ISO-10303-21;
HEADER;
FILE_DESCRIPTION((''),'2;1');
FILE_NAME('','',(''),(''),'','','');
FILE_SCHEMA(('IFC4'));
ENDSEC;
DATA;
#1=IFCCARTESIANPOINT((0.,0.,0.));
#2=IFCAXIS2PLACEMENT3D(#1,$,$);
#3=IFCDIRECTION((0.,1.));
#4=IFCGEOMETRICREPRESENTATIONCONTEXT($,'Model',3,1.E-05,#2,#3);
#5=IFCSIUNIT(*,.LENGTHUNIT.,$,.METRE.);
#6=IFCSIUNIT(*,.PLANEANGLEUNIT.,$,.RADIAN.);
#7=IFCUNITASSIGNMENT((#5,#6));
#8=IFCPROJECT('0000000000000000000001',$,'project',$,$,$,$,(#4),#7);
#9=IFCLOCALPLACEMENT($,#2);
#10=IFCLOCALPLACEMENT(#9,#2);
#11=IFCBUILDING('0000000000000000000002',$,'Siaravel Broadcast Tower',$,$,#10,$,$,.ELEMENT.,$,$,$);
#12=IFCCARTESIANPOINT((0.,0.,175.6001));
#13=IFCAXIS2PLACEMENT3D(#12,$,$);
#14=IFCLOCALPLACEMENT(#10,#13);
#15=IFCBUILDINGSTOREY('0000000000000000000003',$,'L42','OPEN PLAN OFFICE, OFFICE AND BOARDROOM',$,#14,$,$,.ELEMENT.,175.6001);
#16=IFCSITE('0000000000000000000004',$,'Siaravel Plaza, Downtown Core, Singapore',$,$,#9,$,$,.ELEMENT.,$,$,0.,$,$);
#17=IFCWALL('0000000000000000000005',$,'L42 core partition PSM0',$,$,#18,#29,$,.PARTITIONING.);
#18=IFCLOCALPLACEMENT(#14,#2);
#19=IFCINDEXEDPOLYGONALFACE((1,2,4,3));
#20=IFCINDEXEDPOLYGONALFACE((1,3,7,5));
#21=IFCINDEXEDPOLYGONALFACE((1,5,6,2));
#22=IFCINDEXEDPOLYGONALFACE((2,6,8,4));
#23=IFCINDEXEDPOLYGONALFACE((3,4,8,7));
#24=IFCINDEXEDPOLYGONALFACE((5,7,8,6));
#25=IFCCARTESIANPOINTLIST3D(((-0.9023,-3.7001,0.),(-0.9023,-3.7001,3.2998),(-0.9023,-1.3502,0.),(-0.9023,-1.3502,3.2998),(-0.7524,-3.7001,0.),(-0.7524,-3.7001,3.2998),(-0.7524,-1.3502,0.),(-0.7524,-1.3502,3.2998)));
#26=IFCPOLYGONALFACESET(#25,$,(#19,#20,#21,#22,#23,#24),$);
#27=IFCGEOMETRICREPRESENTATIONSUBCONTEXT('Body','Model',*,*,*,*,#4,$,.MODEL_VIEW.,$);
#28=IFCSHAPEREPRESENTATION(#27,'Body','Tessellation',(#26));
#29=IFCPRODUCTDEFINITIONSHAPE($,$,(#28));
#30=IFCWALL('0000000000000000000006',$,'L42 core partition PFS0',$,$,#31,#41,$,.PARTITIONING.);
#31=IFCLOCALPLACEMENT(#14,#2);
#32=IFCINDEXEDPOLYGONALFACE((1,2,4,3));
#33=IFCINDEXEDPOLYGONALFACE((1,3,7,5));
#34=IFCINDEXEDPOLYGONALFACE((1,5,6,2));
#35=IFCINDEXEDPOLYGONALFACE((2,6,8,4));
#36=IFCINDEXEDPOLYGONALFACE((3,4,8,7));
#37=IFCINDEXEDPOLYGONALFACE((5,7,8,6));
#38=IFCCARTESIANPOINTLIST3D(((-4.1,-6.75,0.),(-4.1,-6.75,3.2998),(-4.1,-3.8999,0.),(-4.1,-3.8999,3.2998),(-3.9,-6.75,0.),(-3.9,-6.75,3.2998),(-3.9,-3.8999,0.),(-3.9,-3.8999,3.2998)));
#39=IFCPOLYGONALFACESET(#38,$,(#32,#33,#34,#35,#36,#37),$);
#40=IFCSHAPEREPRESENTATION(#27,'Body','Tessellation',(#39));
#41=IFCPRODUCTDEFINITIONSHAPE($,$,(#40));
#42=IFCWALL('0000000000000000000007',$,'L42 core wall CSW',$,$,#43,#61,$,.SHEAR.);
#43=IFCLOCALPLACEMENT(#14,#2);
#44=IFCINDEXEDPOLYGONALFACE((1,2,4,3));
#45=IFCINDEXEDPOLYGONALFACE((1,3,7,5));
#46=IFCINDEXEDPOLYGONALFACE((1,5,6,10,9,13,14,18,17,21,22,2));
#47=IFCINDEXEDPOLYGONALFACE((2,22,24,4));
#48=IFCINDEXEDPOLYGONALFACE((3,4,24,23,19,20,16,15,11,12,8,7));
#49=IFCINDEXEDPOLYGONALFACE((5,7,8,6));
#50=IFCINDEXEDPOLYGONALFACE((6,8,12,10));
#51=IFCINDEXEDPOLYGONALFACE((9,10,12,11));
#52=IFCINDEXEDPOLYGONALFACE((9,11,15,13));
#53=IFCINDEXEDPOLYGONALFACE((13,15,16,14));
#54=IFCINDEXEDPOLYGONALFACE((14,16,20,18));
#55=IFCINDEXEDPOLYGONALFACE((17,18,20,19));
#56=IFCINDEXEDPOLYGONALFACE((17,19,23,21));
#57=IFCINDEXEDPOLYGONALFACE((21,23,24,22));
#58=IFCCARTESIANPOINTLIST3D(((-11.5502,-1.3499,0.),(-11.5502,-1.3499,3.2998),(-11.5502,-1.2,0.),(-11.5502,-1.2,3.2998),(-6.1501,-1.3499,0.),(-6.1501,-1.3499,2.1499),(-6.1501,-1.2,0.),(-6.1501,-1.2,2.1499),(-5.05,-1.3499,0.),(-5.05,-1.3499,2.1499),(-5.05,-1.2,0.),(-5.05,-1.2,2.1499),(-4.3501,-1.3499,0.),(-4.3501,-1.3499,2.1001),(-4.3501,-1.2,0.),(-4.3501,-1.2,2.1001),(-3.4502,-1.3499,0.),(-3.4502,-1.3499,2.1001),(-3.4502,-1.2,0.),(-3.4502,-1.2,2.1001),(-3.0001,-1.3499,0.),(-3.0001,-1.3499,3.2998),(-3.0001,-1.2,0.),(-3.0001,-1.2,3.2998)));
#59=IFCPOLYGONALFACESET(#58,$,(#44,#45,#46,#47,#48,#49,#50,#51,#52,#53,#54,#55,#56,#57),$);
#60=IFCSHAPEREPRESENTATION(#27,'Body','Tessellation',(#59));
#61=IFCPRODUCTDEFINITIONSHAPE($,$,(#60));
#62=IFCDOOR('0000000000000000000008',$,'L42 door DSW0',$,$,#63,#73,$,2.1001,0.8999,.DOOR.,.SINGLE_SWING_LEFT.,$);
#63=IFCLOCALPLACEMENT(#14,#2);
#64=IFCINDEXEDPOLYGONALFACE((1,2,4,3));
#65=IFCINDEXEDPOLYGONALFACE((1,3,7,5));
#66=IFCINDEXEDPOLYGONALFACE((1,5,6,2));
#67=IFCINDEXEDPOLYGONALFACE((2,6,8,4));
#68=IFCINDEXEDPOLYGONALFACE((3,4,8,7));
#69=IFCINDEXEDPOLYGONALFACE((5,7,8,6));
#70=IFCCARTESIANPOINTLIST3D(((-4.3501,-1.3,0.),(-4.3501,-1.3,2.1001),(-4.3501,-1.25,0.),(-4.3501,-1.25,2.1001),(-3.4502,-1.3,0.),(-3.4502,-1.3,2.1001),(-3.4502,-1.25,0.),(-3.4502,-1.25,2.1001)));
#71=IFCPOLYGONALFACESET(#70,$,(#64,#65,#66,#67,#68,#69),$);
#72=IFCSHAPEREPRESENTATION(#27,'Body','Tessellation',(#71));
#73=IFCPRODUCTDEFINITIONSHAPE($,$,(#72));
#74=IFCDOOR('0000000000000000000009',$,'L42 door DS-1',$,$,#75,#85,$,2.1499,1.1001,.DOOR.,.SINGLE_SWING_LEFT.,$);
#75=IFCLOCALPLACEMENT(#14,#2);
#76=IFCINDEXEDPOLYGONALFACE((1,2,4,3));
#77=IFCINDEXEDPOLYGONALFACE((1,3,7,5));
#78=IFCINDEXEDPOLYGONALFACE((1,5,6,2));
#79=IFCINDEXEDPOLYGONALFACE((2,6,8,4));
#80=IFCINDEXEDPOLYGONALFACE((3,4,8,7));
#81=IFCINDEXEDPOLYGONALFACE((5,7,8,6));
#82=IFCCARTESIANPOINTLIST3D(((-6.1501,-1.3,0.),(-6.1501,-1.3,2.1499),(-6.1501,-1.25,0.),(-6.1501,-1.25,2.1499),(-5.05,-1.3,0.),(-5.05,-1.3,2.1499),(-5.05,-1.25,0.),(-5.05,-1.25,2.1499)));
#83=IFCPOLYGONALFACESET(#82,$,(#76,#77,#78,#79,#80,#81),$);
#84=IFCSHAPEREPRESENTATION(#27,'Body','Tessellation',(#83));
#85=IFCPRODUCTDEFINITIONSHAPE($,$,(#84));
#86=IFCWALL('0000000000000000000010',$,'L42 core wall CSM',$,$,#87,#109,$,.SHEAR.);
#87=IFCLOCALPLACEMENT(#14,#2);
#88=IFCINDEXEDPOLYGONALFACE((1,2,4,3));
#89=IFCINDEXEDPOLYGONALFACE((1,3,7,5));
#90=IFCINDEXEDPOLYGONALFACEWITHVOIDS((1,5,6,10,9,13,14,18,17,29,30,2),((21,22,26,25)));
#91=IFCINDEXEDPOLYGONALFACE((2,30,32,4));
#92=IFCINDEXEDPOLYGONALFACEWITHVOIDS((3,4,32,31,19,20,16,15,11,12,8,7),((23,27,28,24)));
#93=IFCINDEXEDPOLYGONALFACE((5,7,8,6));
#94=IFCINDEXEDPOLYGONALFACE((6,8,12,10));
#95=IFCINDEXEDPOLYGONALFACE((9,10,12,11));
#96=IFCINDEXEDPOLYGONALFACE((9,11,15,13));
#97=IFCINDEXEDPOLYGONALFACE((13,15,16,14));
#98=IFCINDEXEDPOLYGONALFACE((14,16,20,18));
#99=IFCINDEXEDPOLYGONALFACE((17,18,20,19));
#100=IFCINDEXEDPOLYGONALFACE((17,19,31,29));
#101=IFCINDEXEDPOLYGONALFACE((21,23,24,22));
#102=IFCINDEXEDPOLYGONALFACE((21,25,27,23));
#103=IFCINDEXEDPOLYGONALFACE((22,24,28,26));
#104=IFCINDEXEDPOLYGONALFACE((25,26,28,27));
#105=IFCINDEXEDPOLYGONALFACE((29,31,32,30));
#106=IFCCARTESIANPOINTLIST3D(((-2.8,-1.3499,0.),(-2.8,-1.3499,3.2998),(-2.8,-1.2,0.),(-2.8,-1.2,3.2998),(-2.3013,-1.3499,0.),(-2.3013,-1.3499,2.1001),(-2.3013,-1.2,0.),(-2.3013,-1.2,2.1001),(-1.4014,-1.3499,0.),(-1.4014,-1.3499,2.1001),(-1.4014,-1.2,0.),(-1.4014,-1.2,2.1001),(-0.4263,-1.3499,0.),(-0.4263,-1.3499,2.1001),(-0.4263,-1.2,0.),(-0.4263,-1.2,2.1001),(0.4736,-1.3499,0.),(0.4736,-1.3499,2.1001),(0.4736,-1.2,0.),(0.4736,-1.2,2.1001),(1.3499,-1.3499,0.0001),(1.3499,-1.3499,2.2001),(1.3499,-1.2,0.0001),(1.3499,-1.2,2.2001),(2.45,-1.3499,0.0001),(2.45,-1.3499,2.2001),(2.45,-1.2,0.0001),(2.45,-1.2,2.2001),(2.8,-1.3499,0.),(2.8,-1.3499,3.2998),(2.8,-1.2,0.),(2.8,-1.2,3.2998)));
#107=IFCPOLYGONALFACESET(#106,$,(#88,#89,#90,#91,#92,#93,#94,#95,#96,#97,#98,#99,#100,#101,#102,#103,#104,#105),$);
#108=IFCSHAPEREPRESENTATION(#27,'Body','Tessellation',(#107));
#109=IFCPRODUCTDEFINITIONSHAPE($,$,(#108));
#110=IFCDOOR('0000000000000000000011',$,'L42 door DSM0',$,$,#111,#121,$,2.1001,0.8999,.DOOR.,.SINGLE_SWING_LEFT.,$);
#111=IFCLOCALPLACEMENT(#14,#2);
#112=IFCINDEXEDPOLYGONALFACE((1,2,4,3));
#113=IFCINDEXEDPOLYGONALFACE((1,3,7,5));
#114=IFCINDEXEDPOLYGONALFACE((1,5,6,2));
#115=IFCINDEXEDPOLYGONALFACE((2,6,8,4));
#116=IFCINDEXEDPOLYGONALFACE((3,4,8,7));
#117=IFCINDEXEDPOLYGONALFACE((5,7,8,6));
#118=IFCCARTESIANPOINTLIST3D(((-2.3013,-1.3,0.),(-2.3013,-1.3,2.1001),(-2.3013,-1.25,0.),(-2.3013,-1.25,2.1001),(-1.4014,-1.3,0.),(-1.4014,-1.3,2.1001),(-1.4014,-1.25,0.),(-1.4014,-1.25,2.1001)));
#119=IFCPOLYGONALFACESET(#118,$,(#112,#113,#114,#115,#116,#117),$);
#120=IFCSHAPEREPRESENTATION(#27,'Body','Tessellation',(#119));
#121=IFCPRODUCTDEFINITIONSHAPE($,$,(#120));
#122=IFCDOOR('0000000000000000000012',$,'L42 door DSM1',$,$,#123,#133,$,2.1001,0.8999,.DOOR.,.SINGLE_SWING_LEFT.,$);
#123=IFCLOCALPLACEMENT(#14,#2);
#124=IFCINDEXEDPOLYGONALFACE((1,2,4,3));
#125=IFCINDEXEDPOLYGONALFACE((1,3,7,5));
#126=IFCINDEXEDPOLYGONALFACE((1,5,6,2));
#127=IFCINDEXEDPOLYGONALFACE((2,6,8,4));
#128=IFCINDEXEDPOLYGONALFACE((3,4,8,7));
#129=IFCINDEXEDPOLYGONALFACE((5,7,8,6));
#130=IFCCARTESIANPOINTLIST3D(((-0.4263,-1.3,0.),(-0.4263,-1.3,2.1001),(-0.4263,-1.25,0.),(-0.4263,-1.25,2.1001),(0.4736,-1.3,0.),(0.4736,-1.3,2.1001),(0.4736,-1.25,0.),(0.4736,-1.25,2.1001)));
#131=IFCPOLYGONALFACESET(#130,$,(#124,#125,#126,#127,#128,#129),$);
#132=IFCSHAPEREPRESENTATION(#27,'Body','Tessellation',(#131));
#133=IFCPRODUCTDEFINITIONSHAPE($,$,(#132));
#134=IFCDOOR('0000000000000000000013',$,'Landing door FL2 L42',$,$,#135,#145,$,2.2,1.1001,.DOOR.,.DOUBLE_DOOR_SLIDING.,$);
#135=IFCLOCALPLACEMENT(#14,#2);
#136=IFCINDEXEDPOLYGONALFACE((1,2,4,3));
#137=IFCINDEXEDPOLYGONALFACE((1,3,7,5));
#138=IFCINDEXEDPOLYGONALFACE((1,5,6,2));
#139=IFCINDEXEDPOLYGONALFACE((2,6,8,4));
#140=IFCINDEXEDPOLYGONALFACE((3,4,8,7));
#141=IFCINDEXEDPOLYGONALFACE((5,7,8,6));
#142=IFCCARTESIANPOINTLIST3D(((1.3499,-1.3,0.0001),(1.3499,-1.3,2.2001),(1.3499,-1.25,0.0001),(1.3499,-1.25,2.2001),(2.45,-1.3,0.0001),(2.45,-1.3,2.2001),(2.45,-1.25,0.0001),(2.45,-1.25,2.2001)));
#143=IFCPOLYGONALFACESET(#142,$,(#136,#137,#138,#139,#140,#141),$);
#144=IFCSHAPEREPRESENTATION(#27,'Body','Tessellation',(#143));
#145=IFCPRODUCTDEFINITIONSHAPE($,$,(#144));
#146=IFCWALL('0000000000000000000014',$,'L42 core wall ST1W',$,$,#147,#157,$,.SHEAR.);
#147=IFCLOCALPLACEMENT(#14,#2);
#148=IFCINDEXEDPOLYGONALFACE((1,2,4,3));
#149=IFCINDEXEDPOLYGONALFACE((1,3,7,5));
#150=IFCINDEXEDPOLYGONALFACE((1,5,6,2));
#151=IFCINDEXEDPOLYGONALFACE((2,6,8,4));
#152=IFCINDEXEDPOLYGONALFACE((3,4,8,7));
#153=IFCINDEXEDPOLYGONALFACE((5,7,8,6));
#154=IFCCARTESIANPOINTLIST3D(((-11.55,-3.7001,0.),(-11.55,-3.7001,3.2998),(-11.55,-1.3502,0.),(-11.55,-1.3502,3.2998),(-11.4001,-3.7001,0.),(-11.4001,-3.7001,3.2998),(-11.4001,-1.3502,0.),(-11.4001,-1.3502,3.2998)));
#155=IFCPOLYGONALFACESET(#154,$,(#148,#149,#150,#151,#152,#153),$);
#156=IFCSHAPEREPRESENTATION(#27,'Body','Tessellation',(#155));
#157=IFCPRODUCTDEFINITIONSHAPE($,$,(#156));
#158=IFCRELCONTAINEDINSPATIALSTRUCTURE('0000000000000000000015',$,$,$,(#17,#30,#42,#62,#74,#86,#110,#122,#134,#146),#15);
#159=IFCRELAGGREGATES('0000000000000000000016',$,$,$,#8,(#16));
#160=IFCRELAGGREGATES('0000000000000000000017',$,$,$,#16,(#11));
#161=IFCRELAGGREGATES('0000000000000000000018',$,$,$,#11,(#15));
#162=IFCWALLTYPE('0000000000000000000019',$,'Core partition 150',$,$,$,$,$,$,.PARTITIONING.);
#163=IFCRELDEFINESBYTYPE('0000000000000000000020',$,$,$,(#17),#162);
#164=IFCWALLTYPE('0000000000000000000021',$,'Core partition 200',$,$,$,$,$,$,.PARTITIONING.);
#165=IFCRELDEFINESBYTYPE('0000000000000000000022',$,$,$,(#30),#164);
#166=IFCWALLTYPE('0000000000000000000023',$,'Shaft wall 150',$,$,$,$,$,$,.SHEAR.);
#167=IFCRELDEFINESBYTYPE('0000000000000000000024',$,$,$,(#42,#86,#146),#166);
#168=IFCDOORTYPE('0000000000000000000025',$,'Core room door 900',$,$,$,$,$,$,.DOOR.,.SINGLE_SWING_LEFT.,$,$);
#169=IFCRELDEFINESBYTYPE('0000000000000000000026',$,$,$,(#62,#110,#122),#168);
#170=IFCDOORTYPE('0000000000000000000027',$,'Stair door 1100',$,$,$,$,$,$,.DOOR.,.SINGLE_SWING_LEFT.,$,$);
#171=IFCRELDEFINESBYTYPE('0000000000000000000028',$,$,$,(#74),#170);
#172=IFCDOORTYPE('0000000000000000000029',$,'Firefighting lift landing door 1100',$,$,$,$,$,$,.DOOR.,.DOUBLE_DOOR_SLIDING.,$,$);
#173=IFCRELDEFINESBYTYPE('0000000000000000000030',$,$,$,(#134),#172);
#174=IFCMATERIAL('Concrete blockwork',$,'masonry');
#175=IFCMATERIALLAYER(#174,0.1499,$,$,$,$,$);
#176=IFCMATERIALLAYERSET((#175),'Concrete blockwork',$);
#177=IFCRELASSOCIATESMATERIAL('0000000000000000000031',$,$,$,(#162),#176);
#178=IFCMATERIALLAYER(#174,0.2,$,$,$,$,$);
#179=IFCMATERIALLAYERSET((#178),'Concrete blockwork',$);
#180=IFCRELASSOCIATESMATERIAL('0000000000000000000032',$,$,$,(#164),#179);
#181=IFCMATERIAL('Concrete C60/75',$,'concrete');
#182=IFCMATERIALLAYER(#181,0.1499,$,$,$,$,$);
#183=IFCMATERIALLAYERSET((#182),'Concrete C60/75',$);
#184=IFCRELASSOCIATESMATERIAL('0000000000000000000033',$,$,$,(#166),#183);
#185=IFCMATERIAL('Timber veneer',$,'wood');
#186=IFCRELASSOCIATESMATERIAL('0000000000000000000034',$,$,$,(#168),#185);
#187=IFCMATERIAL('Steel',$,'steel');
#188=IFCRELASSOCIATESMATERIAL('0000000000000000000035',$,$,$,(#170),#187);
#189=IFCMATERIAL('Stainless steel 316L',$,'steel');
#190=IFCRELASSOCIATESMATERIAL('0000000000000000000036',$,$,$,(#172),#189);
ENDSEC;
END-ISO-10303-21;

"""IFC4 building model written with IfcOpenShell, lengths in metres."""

from ifc_helpers import new_model, si_unit, direction, frame, frame_2d, origin, place, context, subcontext, project, spatial, rectangle, extrude, material, layer, layer_set, type_object, element, fill, save


model = new_model("IFC4")

# Units and contexts
model_context = context("Model", 3, precision=1e-05, world=origin(), true_north=direction((0.0, 1.0)))
body_context = subcontext(model_context, "Body", "Model", "MODEL_VIEW")
ifc_project = project(units=[si_unit("LENGTHUNIT", "METRE"), si_unit("PLANEANGLEUNIT", "RADIAN")], contexts=[model_context])

# Site, building, storey
site_placement = place(None, origin())
site = spatial("IfcSite", under=ifc_project, at=site_placement, Name="Siaravel Plaza, Downtown Core, Singapore", CompositionType="ELEMENT", RefElevation=0.0)
building_placement = place(site_placement, origin())
building = spatial("IfcBuilding", under=site, at=building_placement, Name="Siaravel Broadcast Tower", CompositionType="ELEMENT")
storey_placement = place(building_placement, frame((0.0, 0.0, 175.6001)))
storey = spatial("IfcBuildingStorey", under=building, at=storey_placement, Name="L42", Description="OPEN PLAN OFFICE, OFFICE AND BOARDROOM", CompositionType="ELEMENT", Elevation=175.6001)

# Walls
ifc_material_1 = material(Name="Concrete blockwork", Category="masonry")
ifc_layer_1 = layer(ifc_material_1, 0.1499)
ifc_layer_set_1 = layer_set([ifc_layer_1], Name="Concrete blockwork")
wall_type_1 = type_object("IfcWallType", Name="Core partition 150", PredefinedType="PARTITIONING", material=ifc_layer_set_1)
wall_1_placement = place(storey_placement, frame((-0.8274, -3.7, 0.0), z_axis=(0.0, 0.0, 1.0), x_axis=(0.0, 1.0, 0.0)))
element("IfcWall", 1, at=wall_1_placement, inside=storey, type_object=wall_type_1, Name="L42 core partition PSM0", PredefinedType="PARTITIONING", context=body_context, shape_type="SweptSolid", body=[
    extrude(rectangle(XDim=2.3499, YDim=0.1499, at=frame_2d((1.1748, 0.0))), origin(), (0.0, 0.0, 1.0), 3.2998),
])
ifc_layer_2 = layer(ifc_material_1, 0.2)
ifc_layer_set_2 = layer_set([ifc_layer_2], Name="Concrete blockwork")
wall_type_2 = type_object("IfcWallType", Name="Core partition 200", PredefinedType="PARTITIONING", material=ifc_layer_set_2)
wall_2_placement = place(storey_placement, frame((-4.0, -6.75, 0.0), z_axis=(0.0, 0.0, 1.0), x_axis=(0.0, 1.0, 0.0)))
element("IfcWall", 2, at=wall_2_placement, inside=storey, type_object=wall_type_2, Name="L42 core partition PFS0", PredefinedType="PARTITIONING", context=body_context, shape_type="SweptSolid", body=[
    extrude(rectangle(XDim=2.8501, YDim=0.2, at=frame_2d((1.425, 0.0))), origin(), (0.0, 0.0, 1.0), 3.2998),
])

# Walls, openings, doors
ifc_material_2 = material(Name="Concrete C60/75", Category="concrete")
ifc_layer_3 = layer(ifc_material_2, 0.1499)
ifc_layer_set_3 = layer_set([ifc_layer_3], Name="Concrete C60/75")
wall_type_3 = type_object("IfcWallType", Name="Shaft wall 150", PredefinedType="SHEAR", material=ifc_layer_set_3)
wall_3_placement = place(storey_placement, frame((-11.55, -1.2749, 0.0), z_axis=(0.0, 0.0, 1.0), x_axis=(1.0, 0.0, 0.0)))
wall_3 = element("IfcWall", 3, at=wall_3_placement, inside=storey, type_object=wall_type_3, Name="L42 core wall CSW", PredefinedType="SHEAR", context=body_context, shape_type="SweptSolid", body=[
    extrude(rectangle(XDim=8.55, YDim=0.1499, at=frame_2d((4.2749, 0.0))), origin(), (0.0, 0.0, 1.0), 3.2998),
])
opening_1_placement = place(wall_3_placement, frame((5.3999, 0.0, 0.0)))
opening_1 = element("IfcOpeningElement", 4, at=opening_1_placement, cuts=wall_3, PredefinedType="OPENING", context=body_context, shape_type="SweptSolid", body=[
    extrude(rectangle(XDim=1.1001, YDim=2.1499, at=frame_2d((0.55, 1.075))), frame((0.0, 0.085, 0.0), z_axis=(0.0, -1.0, 0.0), x_axis=(1.0, 0.0, 0.0)), (0.0, 0.0, 1.0), 0.1699),
])
opening_2_placement = place(wall_3_placement, frame((7.2, 0.0, 0.0)))
opening_2 = element("IfcOpeningElement", 5, at=opening_2_placement, cuts=wall_3, PredefinedType="OPENING", context=body_context, shape_type="SweptSolid", body=[
    extrude(rectangle(XDim=0.8999, YDim=2.1001, at=frame_2d((0.45, 1.05))), frame((0.0, 0.085, 0.0), z_axis=(0.0, -1.0, 0.0), x_axis=(1.0, 0.0, 0.0)), (0.0, 0.0, 1.0), 0.1699),
])
ifc_material_3 = material(Name="Timber veneer", Category="wood")
door_type_1 = type_object("IfcDoorType", Name="Core room door 900", OperationType="SINGLE_SWING_LEFT", PredefinedType="DOOR", material=ifc_material_3)
door_1_placement = place(opening_2_placement, origin())
door_1 = element("IfcDoor", 6, at=door_1_placement, inside=storey, type_object=door_type_1, Name="L42 door DSW0", OperationType="SINGLE_SWING_LEFT", OverallHeight=2.1001, OverallWidth=0.8999, PredefinedType="DOOR", context=body_context, shape_type="SweptSolid", body=[
    extrude(rectangle(XDim=0.8999, YDim=2.1001, at=frame_2d((0.45, 1.05))), frame((0.0, 0.0249, 0.0), z_axis=(0.0, -1.0, 0.0), x_axis=(1.0, 0.0, 0.0)), (0.0, 0.0, 1.0), 0.05),
])
fill(opening_2, door_1)
ifc_material_4 = material(Name="Steel", Category="steel")
door_type_2 = type_object("IfcDoorType", Name="Stair door 1100", OperationType="SINGLE_SWING_LEFT", PredefinedType="DOOR", material=ifc_material_4)
door_2_placement = place(opening_1_placement, origin())
door_2 = element("IfcDoor", 7, at=door_2_placement, inside=storey, type_object=door_type_2, Name="L42 door DS-1", OperationType="SINGLE_SWING_LEFT", OverallHeight=2.1499, OverallWidth=1.1001, PredefinedType="DOOR", context=body_context, shape_type="SweptSolid", body=[
    extrude(rectangle(XDim=1.1001, YDim=2.1499, at=frame_2d((0.55, 1.075))), frame((0.0, 0.0249, 0.0), z_axis=(0.0, -1.0, 0.0), x_axis=(1.0, 0.0, 0.0)), (0.0, 0.0, 1.0), 0.05),
])
fill(opening_1, door_2)
wall_4_placement = place(storey_placement, frame((-2.8, -1.2749, 0.0), z_axis=(0.0, 0.0, 1.0), x_axis=(1.0, 0.0, 0.0)))
wall_4 = element("IfcWall", 8, at=wall_4_placement, inside=storey, type_object=wall_type_3, Name="L42 core wall CSM", PredefinedType="SHEAR", context=body_context, shape_type="SweptSolid", body=[
    extrude(rectangle(XDim=5.6001, YDim=0.1499, at=frame_2d((2.8, 0.0))), origin(), (0.0, 0.0, 1.0), 3.2998),
])
opening_3_placement = place(wall_4_placement, frame((4.1499, 0.0, 0.0)))
opening_3 = element("IfcOpeningElement", 9, at=opening_3_placement, cuts=wall_4, PredefinedType="OPENING", context=body_context, shape_type="SweptSolid", body=[
    extrude(rectangle(XDim=1.1001, YDim=2.2, at=frame_2d((0.55, 1.1001))), frame((0.0, 0.085, 0.0), z_axis=(0.0, -1.0, 0.0), x_axis=(1.0, 0.0, 0.0)), (0.0, 0.0, 1.0), 0.1699),
])
opening_4_placement = place(wall_4_placement, frame((0.4988, 0.0, 0.0)))
opening_4 = element("IfcOpeningElement", 10, at=opening_4_placement, cuts=wall_4, PredefinedType="OPENING", context=body_context, shape_type="SweptSolid", body=[
    extrude(rectangle(XDim=0.8999, YDim=2.1001, at=frame_2d((0.45, 1.05))), frame((0.0, 0.085, 0.0), z_axis=(0.0, -1.0, 0.0), x_axis=(1.0, 0.0, 0.0)), (0.0, 0.0, 1.0), 0.1699),
])
opening_5_placement = place(wall_4_placement, frame((2.3738, 0.0, 0.0)))
opening_5 = element("IfcOpeningElement", 11, at=opening_5_placement, cuts=wall_4, PredefinedType="OPENING", context=body_context, shape_type="SweptSolid", body=[
    extrude(rectangle(XDim=0.8999, YDim=2.1001, at=frame_2d((0.45, 1.05))), frame((0.0, 0.085, 0.0), z_axis=(0.0, -1.0, 0.0), x_axis=(1.0, 0.0, 0.0)), (0.0, 0.0, 1.0), 0.1699),
])
door_3_placement = place(opening_4_placement, origin())
door_3 = element("IfcDoor", 12, at=door_3_placement, inside=storey, type_object=door_type_1, Name="L42 door DSM0", OperationType="SINGLE_SWING_LEFT", OverallHeight=2.1001, OverallWidth=0.8999, PredefinedType="DOOR", context=body_context, shape_type="SweptSolid", body=[
    extrude(rectangle(XDim=0.8999, YDim=2.1001, at=frame_2d((0.45, 1.05))), frame((0.0, 0.0249, 0.0), z_axis=(0.0, -1.0, 0.0), x_axis=(1.0, 0.0, 0.0)), (0.0, 0.0, 1.0), 0.05),
])
fill(opening_4, door_3)
door_4_placement = place(opening_5_placement, origin())
door_4 = element("IfcDoor", 13, at=door_4_placement, inside=storey, type_object=door_type_1, Name="L42 door DSM1", OperationType="SINGLE_SWING_LEFT", OverallHeight=2.1001, OverallWidth=0.8999, PredefinedType="DOOR", context=body_context, shape_type="SweptSolid", body=[
    extrude(rectangle(XDim=0.8999, YDim=2.1001, at=frame_2d((0.45, 1.05))), frame((0.0, 0.0249, 0.0), z_axis=(0.0, -1.0, 0.0), x_axis=(1.0, 0.0, 0.0)), (0.0, 0.0, 1.0), 0.05),
])
fill(opening_5, door_4)
ifc_material_5 = material(Name="Stainless steel 316L", Category="steel")
door_type_3 = type_object("IfcDoorType", Name="Firefighting lift landing door 1100", OperationType="DOUBLE_DOOR_SLIDING", PredefinedType="DOOR", material=ifc_material_5)
door_5_placement = place(opening_3_placement, origin())
door_5 = element("IfcDoor", 14, at=door_5_placement, inside=storey, type_object=door_type_3, Name="Landing door FL2 L42", OperationType="DOUBLE_DOOR_SLIDING", OverallHeight=2.2, OverallWidth=1.1001, PredefinedType="DOOR", context=body_context, shape_type="SweptSolid", body=[
    extrude(rectangle(XDim=1.1001, YDim=2.2, at=frame_2d((0.55, 1.1001))), frame((0.0, 0.0249, 0.0), z_axis=(0.0, -1.0, 0.0), x_axis=(1.0, 0.0, 0.0)), (0.0, 0.0, 1.0), 0.05),
])
fill(opening_3, door_5)

# Wall
wall_5_placement = place(storey_placement, frame((-11.4751, -3.7, 0.0), z_axis=(0.0, 0.0, 1.0), x_axis=(0.0, 1.0, 0.0)))
element("IfcWall", 15, at=wall_5_placement, inside=storey, type_object=wall_type_3, Name="L42 core wall ST1W", PredefinedType="SHEAR", context=body_context, shape_type="SweptSolid", body=[
    extrude(rectangle(XDim=2.3499, YDim=0.1499, at=frame_2d((1.1748, 0.0))), origin(), (0.0, 0.0, 1.0), 3.2998),
])

save(model, "model.ifc")
